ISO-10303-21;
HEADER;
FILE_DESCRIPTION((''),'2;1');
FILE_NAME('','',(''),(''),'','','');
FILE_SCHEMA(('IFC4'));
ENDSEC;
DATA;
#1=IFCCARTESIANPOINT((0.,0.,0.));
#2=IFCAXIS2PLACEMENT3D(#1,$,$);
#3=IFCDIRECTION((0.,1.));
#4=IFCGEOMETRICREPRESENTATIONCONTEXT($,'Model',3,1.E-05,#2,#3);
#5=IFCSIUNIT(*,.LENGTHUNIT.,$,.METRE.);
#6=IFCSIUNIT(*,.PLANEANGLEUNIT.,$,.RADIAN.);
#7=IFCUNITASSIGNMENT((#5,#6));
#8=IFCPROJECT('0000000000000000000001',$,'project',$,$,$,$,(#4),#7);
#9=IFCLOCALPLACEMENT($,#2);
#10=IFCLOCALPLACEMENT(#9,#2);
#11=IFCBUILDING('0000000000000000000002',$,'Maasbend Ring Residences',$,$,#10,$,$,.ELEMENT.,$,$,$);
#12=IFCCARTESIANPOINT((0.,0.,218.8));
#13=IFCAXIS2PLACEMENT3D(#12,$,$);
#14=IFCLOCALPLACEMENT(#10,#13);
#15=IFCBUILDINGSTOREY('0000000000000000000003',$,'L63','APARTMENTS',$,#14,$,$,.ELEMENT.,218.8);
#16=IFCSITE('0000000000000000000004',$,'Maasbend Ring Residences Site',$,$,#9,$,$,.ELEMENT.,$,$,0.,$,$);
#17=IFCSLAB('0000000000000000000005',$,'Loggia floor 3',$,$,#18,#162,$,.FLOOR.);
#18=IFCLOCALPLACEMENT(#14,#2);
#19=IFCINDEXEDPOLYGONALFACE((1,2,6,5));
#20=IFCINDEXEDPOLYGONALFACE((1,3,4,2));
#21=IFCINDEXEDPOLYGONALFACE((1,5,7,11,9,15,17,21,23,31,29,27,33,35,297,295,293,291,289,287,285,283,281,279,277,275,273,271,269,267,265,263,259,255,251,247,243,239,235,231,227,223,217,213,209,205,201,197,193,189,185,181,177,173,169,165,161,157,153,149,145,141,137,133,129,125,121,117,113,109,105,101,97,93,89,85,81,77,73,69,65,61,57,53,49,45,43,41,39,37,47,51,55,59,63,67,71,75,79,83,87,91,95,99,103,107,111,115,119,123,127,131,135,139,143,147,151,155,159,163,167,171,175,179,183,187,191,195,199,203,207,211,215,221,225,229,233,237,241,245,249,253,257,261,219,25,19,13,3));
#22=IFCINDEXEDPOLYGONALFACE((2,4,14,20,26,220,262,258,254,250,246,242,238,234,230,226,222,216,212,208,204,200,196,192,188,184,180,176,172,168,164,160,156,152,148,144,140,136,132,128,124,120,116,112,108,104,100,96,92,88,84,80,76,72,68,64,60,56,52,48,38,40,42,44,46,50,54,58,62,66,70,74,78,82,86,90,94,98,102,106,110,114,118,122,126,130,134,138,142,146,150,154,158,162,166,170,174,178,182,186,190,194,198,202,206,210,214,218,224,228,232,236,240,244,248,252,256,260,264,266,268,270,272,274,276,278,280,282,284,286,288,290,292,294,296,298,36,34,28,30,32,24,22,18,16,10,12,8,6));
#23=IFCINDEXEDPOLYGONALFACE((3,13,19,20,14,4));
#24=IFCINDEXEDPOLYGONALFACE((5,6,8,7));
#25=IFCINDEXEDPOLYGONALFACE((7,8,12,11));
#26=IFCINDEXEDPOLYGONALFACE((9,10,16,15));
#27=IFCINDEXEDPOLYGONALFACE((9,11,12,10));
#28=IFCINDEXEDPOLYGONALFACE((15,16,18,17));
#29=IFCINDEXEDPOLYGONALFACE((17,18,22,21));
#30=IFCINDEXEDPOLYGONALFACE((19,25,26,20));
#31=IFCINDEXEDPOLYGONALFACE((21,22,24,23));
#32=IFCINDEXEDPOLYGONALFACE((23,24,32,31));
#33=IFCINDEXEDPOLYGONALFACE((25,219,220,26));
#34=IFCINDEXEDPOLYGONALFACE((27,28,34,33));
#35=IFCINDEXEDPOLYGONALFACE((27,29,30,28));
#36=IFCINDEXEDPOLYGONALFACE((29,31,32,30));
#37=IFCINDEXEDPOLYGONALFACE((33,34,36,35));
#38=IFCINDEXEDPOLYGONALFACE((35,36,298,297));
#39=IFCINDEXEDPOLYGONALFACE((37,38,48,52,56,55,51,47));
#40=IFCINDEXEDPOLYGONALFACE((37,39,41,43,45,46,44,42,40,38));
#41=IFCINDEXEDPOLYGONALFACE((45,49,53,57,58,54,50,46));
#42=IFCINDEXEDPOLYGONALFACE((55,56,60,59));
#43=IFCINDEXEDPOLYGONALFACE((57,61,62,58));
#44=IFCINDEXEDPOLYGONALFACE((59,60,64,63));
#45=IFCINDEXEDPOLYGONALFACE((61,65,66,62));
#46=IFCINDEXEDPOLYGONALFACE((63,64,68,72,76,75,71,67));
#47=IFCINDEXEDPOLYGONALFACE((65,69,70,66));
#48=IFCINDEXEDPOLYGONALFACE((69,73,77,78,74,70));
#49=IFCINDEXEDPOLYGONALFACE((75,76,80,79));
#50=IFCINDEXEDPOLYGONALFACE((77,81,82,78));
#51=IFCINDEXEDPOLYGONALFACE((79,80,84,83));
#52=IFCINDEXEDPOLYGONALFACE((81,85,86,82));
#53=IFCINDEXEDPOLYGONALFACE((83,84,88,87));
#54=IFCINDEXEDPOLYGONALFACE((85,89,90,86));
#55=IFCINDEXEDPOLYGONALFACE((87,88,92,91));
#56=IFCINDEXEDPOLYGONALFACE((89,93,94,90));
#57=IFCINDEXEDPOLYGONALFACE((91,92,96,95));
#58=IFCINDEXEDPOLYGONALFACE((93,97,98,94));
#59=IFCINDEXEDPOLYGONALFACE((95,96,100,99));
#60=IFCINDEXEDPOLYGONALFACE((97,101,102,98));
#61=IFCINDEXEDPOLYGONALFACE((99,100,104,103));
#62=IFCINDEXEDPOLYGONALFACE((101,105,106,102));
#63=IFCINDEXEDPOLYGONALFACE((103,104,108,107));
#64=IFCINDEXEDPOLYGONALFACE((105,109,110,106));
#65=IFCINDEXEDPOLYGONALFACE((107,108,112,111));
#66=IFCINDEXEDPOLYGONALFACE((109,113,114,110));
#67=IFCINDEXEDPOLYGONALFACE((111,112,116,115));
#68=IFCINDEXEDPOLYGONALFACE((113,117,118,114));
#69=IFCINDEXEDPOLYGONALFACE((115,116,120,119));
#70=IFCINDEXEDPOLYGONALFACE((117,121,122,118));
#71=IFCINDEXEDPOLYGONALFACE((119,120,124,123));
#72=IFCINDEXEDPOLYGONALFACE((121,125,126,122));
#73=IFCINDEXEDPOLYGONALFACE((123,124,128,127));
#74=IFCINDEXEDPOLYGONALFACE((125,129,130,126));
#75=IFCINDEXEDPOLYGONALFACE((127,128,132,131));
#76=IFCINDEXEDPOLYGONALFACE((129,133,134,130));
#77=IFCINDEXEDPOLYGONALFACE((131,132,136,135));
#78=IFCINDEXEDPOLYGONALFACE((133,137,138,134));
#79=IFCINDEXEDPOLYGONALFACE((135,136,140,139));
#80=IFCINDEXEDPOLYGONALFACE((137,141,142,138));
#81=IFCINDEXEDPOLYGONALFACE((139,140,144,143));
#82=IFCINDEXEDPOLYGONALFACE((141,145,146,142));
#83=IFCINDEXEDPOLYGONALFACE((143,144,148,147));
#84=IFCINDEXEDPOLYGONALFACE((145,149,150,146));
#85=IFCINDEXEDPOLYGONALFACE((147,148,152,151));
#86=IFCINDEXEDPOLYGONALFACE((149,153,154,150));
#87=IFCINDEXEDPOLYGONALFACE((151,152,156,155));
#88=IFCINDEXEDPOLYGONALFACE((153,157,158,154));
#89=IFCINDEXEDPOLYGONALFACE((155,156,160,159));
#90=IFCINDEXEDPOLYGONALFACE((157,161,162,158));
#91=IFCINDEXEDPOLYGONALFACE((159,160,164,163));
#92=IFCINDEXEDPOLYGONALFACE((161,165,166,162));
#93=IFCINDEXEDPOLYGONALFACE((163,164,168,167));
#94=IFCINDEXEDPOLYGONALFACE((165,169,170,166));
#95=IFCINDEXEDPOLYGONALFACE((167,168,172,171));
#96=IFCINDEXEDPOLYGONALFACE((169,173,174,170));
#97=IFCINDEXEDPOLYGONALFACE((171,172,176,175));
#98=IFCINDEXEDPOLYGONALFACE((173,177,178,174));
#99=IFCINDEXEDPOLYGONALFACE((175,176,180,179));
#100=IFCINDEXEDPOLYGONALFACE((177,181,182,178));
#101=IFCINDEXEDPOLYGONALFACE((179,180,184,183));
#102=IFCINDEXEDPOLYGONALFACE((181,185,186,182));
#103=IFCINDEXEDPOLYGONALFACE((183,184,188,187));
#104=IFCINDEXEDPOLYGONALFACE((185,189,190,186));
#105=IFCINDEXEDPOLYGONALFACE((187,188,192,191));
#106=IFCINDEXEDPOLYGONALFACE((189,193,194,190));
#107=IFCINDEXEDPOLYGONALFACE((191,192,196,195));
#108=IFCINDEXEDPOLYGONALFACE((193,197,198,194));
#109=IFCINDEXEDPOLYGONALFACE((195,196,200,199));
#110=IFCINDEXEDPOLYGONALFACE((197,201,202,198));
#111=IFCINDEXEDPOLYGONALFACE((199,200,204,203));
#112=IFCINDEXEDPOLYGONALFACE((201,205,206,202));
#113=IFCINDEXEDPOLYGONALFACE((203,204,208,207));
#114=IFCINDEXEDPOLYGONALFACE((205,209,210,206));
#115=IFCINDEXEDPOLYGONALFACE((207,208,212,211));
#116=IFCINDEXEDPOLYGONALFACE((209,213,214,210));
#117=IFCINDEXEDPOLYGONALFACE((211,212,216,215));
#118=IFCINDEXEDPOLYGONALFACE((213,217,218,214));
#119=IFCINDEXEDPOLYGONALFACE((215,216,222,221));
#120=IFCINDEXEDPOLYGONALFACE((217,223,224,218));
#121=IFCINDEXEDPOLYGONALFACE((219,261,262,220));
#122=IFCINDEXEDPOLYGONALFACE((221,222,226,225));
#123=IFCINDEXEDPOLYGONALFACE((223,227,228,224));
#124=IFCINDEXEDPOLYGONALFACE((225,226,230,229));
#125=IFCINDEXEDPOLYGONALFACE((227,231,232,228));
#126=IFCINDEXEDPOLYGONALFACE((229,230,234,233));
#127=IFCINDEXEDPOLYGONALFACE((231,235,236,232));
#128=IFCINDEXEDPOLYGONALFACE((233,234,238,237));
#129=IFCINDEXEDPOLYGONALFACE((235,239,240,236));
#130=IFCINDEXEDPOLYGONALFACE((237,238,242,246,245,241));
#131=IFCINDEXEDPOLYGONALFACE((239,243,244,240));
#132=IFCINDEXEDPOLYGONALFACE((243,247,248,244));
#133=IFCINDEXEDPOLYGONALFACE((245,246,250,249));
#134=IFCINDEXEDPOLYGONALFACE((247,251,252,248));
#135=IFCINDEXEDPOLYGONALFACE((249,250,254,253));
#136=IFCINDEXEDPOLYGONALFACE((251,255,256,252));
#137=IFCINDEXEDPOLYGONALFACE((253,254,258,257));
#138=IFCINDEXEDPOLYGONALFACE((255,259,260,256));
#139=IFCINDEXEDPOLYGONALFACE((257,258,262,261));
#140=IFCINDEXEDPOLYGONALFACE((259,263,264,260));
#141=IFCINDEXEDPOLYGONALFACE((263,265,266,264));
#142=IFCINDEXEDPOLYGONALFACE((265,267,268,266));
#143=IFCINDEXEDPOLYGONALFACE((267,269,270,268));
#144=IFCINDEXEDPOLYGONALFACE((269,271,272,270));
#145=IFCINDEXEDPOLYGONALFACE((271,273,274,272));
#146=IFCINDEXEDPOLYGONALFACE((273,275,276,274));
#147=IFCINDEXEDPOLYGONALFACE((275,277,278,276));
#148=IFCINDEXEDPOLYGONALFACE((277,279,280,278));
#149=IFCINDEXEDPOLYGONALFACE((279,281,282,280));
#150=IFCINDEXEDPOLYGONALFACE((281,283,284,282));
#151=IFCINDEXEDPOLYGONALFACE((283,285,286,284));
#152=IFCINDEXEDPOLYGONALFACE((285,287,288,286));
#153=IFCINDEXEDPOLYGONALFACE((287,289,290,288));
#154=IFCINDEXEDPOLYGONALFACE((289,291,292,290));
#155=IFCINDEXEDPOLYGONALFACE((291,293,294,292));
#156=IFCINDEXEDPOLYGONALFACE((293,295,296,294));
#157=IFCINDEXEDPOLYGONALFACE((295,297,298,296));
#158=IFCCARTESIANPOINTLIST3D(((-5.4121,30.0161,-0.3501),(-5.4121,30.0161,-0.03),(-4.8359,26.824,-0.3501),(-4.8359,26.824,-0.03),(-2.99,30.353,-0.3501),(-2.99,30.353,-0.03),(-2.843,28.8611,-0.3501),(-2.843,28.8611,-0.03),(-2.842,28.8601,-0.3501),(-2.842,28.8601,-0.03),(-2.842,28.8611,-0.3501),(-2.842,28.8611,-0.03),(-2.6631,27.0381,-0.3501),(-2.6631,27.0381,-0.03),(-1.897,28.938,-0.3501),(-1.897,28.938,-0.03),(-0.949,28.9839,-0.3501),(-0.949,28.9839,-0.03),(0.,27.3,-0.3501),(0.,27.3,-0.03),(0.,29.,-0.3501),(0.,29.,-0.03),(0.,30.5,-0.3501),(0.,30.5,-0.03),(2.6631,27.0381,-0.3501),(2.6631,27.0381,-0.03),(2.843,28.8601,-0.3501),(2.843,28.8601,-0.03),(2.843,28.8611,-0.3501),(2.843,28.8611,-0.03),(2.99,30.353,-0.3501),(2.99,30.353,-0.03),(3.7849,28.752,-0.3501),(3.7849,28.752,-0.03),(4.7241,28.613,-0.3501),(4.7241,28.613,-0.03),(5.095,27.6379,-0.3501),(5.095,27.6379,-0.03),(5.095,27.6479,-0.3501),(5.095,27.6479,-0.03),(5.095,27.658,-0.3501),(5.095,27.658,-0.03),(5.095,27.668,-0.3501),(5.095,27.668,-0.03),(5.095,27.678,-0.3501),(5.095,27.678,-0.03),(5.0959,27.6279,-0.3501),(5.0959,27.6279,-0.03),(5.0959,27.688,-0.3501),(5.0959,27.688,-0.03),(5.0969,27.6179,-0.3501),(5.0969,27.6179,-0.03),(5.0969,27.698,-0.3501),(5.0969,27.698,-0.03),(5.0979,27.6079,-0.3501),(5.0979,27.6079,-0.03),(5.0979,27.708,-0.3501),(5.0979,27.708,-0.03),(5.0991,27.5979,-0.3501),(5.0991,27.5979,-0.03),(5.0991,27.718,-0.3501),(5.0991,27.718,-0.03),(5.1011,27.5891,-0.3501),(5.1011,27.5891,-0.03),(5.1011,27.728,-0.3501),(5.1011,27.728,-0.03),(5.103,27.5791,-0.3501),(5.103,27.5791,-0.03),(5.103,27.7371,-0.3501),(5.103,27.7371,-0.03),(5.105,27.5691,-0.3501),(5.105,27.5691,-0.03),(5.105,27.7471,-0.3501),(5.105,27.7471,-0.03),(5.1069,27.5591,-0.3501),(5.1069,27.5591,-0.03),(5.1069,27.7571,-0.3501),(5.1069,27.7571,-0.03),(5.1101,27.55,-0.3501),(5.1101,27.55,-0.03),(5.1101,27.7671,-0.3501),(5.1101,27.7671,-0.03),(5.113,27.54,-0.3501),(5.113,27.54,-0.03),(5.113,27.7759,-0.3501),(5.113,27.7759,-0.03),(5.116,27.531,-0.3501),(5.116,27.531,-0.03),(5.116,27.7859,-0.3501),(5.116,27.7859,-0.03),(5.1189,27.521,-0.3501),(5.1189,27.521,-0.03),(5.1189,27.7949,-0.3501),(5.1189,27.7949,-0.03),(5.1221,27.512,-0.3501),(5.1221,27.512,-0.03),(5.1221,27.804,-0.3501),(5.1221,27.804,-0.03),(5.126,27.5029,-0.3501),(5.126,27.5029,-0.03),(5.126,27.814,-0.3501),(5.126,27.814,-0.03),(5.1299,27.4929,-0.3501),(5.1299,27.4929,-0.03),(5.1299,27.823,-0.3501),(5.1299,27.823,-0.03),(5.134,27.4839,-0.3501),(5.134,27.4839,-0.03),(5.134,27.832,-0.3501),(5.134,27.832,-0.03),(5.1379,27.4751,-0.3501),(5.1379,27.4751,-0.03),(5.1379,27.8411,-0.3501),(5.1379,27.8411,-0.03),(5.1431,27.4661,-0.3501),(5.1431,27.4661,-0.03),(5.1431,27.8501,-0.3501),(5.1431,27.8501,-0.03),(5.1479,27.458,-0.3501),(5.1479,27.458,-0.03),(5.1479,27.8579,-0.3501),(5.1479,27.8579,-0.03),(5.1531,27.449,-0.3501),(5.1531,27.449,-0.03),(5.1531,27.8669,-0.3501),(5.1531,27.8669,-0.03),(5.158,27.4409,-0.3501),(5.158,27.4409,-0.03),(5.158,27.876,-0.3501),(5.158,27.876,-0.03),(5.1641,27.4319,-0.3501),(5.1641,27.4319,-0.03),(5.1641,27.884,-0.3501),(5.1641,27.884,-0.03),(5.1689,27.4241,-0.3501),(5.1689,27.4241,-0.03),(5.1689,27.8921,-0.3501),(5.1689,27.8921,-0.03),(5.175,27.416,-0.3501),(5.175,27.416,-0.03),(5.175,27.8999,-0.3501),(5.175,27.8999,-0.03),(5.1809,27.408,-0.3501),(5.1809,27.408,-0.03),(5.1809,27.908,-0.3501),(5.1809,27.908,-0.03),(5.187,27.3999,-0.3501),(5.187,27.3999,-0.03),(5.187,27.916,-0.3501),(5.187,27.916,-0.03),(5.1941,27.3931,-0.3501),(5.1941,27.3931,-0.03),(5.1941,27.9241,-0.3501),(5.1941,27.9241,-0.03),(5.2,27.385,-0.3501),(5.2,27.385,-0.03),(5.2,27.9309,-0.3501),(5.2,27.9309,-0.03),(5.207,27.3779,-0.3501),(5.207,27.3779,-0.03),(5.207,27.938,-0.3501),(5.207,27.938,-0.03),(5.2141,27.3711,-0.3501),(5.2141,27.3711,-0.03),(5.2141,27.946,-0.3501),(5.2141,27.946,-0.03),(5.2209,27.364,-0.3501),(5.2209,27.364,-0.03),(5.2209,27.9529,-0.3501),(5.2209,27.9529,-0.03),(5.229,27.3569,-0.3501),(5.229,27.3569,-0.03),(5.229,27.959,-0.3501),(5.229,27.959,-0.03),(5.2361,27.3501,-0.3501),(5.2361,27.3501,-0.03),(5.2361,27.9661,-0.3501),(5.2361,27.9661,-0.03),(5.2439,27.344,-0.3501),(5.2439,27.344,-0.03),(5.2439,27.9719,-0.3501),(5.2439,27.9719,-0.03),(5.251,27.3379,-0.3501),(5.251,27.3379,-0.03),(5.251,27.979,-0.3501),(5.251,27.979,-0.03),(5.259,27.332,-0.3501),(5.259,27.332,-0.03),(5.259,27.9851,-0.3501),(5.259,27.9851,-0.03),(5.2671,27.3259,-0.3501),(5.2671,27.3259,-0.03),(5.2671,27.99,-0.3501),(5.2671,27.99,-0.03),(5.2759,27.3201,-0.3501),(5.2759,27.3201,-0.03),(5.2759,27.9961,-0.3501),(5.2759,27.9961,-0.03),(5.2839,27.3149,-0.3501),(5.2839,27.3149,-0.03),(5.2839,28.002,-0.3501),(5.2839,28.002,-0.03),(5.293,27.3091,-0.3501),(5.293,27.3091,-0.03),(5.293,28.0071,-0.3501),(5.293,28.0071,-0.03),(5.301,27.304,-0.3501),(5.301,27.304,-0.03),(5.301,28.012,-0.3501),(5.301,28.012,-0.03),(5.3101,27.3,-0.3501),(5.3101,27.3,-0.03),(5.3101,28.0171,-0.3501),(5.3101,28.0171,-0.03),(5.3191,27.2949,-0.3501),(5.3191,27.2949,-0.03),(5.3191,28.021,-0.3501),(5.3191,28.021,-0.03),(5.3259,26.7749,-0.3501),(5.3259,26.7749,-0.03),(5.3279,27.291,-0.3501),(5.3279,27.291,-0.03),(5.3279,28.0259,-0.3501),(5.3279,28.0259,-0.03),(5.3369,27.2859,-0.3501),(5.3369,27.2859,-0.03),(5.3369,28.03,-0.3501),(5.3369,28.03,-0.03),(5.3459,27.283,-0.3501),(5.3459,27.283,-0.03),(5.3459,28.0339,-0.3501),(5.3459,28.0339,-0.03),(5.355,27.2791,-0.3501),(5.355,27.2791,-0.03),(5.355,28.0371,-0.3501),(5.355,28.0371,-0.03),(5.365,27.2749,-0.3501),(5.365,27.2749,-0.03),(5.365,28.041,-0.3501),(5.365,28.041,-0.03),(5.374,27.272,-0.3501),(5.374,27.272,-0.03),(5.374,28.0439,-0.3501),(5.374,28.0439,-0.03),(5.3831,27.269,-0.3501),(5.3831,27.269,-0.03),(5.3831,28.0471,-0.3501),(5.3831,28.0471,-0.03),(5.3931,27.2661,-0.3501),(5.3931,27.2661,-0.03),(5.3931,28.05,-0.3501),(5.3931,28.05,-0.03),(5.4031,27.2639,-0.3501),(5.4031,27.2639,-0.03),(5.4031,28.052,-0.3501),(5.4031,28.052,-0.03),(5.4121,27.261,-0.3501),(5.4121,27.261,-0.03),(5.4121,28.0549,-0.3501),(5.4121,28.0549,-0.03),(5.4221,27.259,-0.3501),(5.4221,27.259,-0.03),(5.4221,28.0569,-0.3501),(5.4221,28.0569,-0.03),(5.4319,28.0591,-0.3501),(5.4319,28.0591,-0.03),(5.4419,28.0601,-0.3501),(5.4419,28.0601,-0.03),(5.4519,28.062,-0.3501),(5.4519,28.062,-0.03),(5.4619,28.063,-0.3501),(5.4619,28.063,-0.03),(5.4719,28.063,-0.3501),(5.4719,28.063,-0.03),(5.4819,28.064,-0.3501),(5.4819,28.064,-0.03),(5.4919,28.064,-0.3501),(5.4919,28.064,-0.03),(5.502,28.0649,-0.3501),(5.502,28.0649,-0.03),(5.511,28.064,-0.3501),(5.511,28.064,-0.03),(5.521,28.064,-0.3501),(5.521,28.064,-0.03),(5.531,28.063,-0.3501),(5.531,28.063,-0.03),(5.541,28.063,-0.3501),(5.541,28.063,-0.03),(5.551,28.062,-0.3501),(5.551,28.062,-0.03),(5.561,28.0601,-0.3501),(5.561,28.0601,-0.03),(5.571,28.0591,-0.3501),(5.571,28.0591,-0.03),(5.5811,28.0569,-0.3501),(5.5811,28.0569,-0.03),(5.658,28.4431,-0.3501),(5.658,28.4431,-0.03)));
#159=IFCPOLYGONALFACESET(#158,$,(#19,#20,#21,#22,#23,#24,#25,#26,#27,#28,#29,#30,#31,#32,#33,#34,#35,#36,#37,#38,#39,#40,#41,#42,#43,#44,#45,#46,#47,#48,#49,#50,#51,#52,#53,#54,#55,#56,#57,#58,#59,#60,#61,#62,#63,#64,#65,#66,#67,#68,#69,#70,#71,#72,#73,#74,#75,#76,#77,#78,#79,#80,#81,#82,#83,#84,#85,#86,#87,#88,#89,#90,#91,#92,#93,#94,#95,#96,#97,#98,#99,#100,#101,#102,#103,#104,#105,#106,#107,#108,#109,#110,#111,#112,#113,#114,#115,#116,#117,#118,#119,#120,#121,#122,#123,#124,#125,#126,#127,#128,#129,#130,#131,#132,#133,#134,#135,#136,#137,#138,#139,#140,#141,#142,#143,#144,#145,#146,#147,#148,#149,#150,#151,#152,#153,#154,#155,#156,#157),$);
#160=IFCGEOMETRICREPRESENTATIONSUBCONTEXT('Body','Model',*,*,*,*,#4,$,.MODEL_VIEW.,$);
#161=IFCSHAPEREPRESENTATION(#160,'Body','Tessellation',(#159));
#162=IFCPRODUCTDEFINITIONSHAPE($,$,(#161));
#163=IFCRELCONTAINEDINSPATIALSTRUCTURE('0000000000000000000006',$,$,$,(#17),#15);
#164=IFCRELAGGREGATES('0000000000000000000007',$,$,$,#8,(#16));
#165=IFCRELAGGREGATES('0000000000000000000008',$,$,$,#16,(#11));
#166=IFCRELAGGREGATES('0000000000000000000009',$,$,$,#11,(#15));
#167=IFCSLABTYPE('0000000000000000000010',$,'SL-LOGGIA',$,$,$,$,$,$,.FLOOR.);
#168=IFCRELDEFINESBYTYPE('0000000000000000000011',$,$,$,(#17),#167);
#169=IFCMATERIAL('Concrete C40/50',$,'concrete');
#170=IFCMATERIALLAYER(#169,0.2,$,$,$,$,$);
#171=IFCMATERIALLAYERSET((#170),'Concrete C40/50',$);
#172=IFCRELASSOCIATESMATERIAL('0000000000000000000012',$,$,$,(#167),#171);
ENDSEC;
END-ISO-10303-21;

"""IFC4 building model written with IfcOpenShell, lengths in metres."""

from ifc_helpers import new_model, si_unit, direction, frame, origin, place, context, subcontext, project, spatial, polyline, outline, extrude, material, layer, layer_set, type_object, element, save


model = new_model("IFC4")

# Units and contexts
model_context = context("Model", 3, precision=1e-05, world=origin(), true_north=direction((0.0, 1.0)))
body_context = subcontext(model_context, "Body", "Model", "MODEL_VIEW")
ifc_project = project(units=[si_unit("LENGTHUNIT", "METRE"), si_unit("PLANEANGLEUNIT", "RADIAN")], contexts=[model_context])

# Site, building, storey
site_placement = place(None, origin())
site = spatial("IfcSite", under=ifc_project, at=site_placement, Name="Maasbend Ring Residences Site", CompositionType="ELEMENT", RefElevation=0.0)
building_placement = place(site_placement, origin())
building = spatial("IfcBuilding", under=site, at=building_placement, Name="Maasbend Ring Residences", CompositionType="ELEMENT")
storey_placement = place(building_placement, frame((0.0, 0.0, 218.8)))
storey = spatial("IfcBuildingStorey", under=building, at=storey_placement, Name="L63", Description="APARTMENTS", CompositionType="ELEMENT", Elevation=218.8)

# Slab
ifc_material_1 = material(Name="Concrete C40/50", Category="concrete")
ifc_layer_1 = layer(ifc_material_1, 0.2)
ifc_layer_set_1 = layer_set([ifc_layer_1], Name="Concrete C40/50")
slab_type_1 = type_object("IfcSlabType", Name="SL-LOGGIA", PredefinedType="FLOOR", material=ifc_layer_set_1)
slab_1_placement = place(storey_placement, frame((0.0, 0.0, -0.3501)))
element("IfcSlab", 1, at=slab_1_placement, inside=storey, type_object=slab_type_1, Name="Loggia floor 3", PredefinedType="FLOOR", context=body_context, shape_type="SweptSolid", body=[
    extrude(outline(polyline([(-2.843, 28.8611), (-2.843, 28.8611), (-2.843, 28.8611), (-2.843, 28.8611), (-2.842, 28.8611), (-2.842, 28.8611), (-2.842, 28.8611), (-2.842, 28.8611), (-2.842, 28.8611), (-2.842, 28.8601), (-2.842, 28.8601), (-2.842, 28.8601), (-2.842, 28.8601), (-2.842, 28.8601), (-2.842, 28.8601), (-2.842, 28.8601), (-2.842, 28.8601), (-1.897, 28.938), (-1.897, 28.938), (-0.949, 28.9839), (-0.949, 28.9839), (0.0, 29.0), (0.0, 29.0), (0.0, 29.0), (0.0, 29.0), (0.0, 29.0), (0.0, 29.0), (0.0, 29.0), (0.0, 29.0), (0.0, 29.0), (0.0, 29.0), (0.0, 29.0), (0.0, 29.0), (0.0, 29.0), (0.0, 29.0), (0.0, 29.0), (0.0, 29.0), (0.0, 29.0), (0.0, 30.5), (0.0, 30.5), (0.0, 30.5), (2.99, 30.353), (2.99, 30.353), (2.99, 30.353), (2.843, 28.8611), (2.843, 28.8611), (2.843, 28.8611), (2.843, 28.8611), (2.843, 28.8611), (2.843, 28.8611), (2.843, 28.8611), (2.843, 28.8611), (2.843, 28.8601), (2.843, 28.8601), (2.843, 28.8601), (2.843, 28.8601), (2.843, 28.8601), (2.843, 28.8601), (2.843, 28.8601), (2.843, 28.8601), (2.843, 28.8601), (3.7849, 28.752), (3.7849, 28.752), (4.7241, 28.613), (4.7241, 28.613), (5.658, 28.4431), (5.658, 28.4431), (5.658, 28.4431), (5.5811, 28.0569), (5.5811, 28.0569), (5.571, 28.0591), (5.561, 28.0601), (5.551, 28.062), (5.541, 28.063), (5.531, 28.063), (5.521, 28.064), (5.511, 28.064), (5.502, 28.0649), (5.4919, 28.064), (5.4819, 28.064), (5.4719, 28.063), (5.4619, 28.063), (5.4519, 28.062), (5.4419, 28.0601), (5.4319, 28.0591), (5.4221, 28.0569), (5.4121, 28.0549), (5.4031, 28.052), (5.3931, 28.05), (5.3831, 28.0471), (5.374, 28.0439), (5.365, 28.041), (5.355, 28.0371), (5.3459, 28.0339), (5.3369, 28.03), (5.3279, 28.0259), (5.3191, 28.021), (5.3101, 28.0171), (5.301, 28.012), (5.293, 28.0071), (5.2839, 28.002), (5.2759, 27.9961), (5.2671, 27.99), (5.259, 27.9851), (5.251, 27.979), (5.2439, 27.9719), (5.2361, 27.9661), (5.229, 27.959), (5.2209, 27.9529), (5.2141, 27.946), (5.207, 27.938), (5.2, 27.9309), (5.1941, 27.9241), (5.187, 27.916), (5.1809, 27.908), (5.175, 27.8999), (5.1689, 27.8921), (5.1641, 27.884), (5.158, 27.876), (5.1531, 27.8669), (5.1479, 27.8579), (5.1431, 27.8501), (5.1379, 27.8411), (5.134, 27.832), (5.1299, 27.823), (5.126, 27.814), (5.1221, 27.804), (5.1189, 27.7949), (5.116, 27.7859), (5.113, 27.7759), (5.1101, 27.7671), (5.1069, 27.7571), (5.105, 27.7471), (5.103, 27.7371), (5.1011, 27.728), (5.0991, 27.718), (5.0979, 27.708), (5.0969, 27.698), (5.0959, 27.688), (5.095, 27.678), (5.095, 27.668), (5.095, 27.658), (5.095, 27.6479), (5.095, 27.6379), (5.0959, 27.6279), (5.0969, 27.6179), (5.0979, 27.6079), (5.0991, 27.5979), (5.1011, 27.5891), (5.103, 27.5791), (5.105, 27.5691), (5.1069, 27.5591), (5.1101, 27.55), (5.113, 27.54), (5.116, 27.531), (5.1189, 27.521), (5.1221, 27.512), (5.126, 27.5029), (5.1299, 27.4929), (5.134, 27.4839), (5.1379, 27.4751), (5.1431, 27.4661), (5.1479, 27.458), (5.1531, 27.449), (5.158, 27.4409), (5.1641, 27.4319), (5.1689, 27.4241), (5.175, 27.416), (5.1809, 27.408), (5.187, 27.3999), (5.1941, 27.3931), (5.2, 27.385), (5.207, 27.3779), (5.2141, 27.3711), (5.2209, 27.364), (5.229, 27.3569), (5.2361, 27.3501), (5.2439, 27.344), (5.251, 27.3379), (5.259, 27.332), (5.2671, 27.3259), (5.2759, 27.3201), (5.2839, 27.3149), (5.293, 27.3091), (5.301, 27.304), (5.3101, 27.3), (5.3191, 27.2949), (5.3279, 27.291), (5.3369, 27.2859), (5.3459, 27.283), (5.355, 27.2791), (5.365, 27.2749), (5.374, 27.272), (5.3831, 27.269), (5.3931, 27.2661), (5.4031, 27.2639), (5.4121, 27.261), (5.4221, 27.259), (5.4221, 27.259), (5.3259, 26.7749), (5.3259, 26.7749), (5.3259, 26.7749), (2.6631, 27.0381), (0.0, 27.3), (0.0, 27.3), (0.0, 27.3), (-2.6631, 27.0381), (-4.8359, 26.824), (-4.8359, 26.824), (-4.8359, 26.824), (-5.4121, 30.0161), (-5.4121, 30.0161), (-5.4121, 30.0161), (-2.99, 30.353), (-2.99, 30.353), (-2.99, 30.353), (-2.843, 28.8611)])), origin(), (0.0, 0.0, 1.0), 0.3201),
])

save(model, "model.ifc")
